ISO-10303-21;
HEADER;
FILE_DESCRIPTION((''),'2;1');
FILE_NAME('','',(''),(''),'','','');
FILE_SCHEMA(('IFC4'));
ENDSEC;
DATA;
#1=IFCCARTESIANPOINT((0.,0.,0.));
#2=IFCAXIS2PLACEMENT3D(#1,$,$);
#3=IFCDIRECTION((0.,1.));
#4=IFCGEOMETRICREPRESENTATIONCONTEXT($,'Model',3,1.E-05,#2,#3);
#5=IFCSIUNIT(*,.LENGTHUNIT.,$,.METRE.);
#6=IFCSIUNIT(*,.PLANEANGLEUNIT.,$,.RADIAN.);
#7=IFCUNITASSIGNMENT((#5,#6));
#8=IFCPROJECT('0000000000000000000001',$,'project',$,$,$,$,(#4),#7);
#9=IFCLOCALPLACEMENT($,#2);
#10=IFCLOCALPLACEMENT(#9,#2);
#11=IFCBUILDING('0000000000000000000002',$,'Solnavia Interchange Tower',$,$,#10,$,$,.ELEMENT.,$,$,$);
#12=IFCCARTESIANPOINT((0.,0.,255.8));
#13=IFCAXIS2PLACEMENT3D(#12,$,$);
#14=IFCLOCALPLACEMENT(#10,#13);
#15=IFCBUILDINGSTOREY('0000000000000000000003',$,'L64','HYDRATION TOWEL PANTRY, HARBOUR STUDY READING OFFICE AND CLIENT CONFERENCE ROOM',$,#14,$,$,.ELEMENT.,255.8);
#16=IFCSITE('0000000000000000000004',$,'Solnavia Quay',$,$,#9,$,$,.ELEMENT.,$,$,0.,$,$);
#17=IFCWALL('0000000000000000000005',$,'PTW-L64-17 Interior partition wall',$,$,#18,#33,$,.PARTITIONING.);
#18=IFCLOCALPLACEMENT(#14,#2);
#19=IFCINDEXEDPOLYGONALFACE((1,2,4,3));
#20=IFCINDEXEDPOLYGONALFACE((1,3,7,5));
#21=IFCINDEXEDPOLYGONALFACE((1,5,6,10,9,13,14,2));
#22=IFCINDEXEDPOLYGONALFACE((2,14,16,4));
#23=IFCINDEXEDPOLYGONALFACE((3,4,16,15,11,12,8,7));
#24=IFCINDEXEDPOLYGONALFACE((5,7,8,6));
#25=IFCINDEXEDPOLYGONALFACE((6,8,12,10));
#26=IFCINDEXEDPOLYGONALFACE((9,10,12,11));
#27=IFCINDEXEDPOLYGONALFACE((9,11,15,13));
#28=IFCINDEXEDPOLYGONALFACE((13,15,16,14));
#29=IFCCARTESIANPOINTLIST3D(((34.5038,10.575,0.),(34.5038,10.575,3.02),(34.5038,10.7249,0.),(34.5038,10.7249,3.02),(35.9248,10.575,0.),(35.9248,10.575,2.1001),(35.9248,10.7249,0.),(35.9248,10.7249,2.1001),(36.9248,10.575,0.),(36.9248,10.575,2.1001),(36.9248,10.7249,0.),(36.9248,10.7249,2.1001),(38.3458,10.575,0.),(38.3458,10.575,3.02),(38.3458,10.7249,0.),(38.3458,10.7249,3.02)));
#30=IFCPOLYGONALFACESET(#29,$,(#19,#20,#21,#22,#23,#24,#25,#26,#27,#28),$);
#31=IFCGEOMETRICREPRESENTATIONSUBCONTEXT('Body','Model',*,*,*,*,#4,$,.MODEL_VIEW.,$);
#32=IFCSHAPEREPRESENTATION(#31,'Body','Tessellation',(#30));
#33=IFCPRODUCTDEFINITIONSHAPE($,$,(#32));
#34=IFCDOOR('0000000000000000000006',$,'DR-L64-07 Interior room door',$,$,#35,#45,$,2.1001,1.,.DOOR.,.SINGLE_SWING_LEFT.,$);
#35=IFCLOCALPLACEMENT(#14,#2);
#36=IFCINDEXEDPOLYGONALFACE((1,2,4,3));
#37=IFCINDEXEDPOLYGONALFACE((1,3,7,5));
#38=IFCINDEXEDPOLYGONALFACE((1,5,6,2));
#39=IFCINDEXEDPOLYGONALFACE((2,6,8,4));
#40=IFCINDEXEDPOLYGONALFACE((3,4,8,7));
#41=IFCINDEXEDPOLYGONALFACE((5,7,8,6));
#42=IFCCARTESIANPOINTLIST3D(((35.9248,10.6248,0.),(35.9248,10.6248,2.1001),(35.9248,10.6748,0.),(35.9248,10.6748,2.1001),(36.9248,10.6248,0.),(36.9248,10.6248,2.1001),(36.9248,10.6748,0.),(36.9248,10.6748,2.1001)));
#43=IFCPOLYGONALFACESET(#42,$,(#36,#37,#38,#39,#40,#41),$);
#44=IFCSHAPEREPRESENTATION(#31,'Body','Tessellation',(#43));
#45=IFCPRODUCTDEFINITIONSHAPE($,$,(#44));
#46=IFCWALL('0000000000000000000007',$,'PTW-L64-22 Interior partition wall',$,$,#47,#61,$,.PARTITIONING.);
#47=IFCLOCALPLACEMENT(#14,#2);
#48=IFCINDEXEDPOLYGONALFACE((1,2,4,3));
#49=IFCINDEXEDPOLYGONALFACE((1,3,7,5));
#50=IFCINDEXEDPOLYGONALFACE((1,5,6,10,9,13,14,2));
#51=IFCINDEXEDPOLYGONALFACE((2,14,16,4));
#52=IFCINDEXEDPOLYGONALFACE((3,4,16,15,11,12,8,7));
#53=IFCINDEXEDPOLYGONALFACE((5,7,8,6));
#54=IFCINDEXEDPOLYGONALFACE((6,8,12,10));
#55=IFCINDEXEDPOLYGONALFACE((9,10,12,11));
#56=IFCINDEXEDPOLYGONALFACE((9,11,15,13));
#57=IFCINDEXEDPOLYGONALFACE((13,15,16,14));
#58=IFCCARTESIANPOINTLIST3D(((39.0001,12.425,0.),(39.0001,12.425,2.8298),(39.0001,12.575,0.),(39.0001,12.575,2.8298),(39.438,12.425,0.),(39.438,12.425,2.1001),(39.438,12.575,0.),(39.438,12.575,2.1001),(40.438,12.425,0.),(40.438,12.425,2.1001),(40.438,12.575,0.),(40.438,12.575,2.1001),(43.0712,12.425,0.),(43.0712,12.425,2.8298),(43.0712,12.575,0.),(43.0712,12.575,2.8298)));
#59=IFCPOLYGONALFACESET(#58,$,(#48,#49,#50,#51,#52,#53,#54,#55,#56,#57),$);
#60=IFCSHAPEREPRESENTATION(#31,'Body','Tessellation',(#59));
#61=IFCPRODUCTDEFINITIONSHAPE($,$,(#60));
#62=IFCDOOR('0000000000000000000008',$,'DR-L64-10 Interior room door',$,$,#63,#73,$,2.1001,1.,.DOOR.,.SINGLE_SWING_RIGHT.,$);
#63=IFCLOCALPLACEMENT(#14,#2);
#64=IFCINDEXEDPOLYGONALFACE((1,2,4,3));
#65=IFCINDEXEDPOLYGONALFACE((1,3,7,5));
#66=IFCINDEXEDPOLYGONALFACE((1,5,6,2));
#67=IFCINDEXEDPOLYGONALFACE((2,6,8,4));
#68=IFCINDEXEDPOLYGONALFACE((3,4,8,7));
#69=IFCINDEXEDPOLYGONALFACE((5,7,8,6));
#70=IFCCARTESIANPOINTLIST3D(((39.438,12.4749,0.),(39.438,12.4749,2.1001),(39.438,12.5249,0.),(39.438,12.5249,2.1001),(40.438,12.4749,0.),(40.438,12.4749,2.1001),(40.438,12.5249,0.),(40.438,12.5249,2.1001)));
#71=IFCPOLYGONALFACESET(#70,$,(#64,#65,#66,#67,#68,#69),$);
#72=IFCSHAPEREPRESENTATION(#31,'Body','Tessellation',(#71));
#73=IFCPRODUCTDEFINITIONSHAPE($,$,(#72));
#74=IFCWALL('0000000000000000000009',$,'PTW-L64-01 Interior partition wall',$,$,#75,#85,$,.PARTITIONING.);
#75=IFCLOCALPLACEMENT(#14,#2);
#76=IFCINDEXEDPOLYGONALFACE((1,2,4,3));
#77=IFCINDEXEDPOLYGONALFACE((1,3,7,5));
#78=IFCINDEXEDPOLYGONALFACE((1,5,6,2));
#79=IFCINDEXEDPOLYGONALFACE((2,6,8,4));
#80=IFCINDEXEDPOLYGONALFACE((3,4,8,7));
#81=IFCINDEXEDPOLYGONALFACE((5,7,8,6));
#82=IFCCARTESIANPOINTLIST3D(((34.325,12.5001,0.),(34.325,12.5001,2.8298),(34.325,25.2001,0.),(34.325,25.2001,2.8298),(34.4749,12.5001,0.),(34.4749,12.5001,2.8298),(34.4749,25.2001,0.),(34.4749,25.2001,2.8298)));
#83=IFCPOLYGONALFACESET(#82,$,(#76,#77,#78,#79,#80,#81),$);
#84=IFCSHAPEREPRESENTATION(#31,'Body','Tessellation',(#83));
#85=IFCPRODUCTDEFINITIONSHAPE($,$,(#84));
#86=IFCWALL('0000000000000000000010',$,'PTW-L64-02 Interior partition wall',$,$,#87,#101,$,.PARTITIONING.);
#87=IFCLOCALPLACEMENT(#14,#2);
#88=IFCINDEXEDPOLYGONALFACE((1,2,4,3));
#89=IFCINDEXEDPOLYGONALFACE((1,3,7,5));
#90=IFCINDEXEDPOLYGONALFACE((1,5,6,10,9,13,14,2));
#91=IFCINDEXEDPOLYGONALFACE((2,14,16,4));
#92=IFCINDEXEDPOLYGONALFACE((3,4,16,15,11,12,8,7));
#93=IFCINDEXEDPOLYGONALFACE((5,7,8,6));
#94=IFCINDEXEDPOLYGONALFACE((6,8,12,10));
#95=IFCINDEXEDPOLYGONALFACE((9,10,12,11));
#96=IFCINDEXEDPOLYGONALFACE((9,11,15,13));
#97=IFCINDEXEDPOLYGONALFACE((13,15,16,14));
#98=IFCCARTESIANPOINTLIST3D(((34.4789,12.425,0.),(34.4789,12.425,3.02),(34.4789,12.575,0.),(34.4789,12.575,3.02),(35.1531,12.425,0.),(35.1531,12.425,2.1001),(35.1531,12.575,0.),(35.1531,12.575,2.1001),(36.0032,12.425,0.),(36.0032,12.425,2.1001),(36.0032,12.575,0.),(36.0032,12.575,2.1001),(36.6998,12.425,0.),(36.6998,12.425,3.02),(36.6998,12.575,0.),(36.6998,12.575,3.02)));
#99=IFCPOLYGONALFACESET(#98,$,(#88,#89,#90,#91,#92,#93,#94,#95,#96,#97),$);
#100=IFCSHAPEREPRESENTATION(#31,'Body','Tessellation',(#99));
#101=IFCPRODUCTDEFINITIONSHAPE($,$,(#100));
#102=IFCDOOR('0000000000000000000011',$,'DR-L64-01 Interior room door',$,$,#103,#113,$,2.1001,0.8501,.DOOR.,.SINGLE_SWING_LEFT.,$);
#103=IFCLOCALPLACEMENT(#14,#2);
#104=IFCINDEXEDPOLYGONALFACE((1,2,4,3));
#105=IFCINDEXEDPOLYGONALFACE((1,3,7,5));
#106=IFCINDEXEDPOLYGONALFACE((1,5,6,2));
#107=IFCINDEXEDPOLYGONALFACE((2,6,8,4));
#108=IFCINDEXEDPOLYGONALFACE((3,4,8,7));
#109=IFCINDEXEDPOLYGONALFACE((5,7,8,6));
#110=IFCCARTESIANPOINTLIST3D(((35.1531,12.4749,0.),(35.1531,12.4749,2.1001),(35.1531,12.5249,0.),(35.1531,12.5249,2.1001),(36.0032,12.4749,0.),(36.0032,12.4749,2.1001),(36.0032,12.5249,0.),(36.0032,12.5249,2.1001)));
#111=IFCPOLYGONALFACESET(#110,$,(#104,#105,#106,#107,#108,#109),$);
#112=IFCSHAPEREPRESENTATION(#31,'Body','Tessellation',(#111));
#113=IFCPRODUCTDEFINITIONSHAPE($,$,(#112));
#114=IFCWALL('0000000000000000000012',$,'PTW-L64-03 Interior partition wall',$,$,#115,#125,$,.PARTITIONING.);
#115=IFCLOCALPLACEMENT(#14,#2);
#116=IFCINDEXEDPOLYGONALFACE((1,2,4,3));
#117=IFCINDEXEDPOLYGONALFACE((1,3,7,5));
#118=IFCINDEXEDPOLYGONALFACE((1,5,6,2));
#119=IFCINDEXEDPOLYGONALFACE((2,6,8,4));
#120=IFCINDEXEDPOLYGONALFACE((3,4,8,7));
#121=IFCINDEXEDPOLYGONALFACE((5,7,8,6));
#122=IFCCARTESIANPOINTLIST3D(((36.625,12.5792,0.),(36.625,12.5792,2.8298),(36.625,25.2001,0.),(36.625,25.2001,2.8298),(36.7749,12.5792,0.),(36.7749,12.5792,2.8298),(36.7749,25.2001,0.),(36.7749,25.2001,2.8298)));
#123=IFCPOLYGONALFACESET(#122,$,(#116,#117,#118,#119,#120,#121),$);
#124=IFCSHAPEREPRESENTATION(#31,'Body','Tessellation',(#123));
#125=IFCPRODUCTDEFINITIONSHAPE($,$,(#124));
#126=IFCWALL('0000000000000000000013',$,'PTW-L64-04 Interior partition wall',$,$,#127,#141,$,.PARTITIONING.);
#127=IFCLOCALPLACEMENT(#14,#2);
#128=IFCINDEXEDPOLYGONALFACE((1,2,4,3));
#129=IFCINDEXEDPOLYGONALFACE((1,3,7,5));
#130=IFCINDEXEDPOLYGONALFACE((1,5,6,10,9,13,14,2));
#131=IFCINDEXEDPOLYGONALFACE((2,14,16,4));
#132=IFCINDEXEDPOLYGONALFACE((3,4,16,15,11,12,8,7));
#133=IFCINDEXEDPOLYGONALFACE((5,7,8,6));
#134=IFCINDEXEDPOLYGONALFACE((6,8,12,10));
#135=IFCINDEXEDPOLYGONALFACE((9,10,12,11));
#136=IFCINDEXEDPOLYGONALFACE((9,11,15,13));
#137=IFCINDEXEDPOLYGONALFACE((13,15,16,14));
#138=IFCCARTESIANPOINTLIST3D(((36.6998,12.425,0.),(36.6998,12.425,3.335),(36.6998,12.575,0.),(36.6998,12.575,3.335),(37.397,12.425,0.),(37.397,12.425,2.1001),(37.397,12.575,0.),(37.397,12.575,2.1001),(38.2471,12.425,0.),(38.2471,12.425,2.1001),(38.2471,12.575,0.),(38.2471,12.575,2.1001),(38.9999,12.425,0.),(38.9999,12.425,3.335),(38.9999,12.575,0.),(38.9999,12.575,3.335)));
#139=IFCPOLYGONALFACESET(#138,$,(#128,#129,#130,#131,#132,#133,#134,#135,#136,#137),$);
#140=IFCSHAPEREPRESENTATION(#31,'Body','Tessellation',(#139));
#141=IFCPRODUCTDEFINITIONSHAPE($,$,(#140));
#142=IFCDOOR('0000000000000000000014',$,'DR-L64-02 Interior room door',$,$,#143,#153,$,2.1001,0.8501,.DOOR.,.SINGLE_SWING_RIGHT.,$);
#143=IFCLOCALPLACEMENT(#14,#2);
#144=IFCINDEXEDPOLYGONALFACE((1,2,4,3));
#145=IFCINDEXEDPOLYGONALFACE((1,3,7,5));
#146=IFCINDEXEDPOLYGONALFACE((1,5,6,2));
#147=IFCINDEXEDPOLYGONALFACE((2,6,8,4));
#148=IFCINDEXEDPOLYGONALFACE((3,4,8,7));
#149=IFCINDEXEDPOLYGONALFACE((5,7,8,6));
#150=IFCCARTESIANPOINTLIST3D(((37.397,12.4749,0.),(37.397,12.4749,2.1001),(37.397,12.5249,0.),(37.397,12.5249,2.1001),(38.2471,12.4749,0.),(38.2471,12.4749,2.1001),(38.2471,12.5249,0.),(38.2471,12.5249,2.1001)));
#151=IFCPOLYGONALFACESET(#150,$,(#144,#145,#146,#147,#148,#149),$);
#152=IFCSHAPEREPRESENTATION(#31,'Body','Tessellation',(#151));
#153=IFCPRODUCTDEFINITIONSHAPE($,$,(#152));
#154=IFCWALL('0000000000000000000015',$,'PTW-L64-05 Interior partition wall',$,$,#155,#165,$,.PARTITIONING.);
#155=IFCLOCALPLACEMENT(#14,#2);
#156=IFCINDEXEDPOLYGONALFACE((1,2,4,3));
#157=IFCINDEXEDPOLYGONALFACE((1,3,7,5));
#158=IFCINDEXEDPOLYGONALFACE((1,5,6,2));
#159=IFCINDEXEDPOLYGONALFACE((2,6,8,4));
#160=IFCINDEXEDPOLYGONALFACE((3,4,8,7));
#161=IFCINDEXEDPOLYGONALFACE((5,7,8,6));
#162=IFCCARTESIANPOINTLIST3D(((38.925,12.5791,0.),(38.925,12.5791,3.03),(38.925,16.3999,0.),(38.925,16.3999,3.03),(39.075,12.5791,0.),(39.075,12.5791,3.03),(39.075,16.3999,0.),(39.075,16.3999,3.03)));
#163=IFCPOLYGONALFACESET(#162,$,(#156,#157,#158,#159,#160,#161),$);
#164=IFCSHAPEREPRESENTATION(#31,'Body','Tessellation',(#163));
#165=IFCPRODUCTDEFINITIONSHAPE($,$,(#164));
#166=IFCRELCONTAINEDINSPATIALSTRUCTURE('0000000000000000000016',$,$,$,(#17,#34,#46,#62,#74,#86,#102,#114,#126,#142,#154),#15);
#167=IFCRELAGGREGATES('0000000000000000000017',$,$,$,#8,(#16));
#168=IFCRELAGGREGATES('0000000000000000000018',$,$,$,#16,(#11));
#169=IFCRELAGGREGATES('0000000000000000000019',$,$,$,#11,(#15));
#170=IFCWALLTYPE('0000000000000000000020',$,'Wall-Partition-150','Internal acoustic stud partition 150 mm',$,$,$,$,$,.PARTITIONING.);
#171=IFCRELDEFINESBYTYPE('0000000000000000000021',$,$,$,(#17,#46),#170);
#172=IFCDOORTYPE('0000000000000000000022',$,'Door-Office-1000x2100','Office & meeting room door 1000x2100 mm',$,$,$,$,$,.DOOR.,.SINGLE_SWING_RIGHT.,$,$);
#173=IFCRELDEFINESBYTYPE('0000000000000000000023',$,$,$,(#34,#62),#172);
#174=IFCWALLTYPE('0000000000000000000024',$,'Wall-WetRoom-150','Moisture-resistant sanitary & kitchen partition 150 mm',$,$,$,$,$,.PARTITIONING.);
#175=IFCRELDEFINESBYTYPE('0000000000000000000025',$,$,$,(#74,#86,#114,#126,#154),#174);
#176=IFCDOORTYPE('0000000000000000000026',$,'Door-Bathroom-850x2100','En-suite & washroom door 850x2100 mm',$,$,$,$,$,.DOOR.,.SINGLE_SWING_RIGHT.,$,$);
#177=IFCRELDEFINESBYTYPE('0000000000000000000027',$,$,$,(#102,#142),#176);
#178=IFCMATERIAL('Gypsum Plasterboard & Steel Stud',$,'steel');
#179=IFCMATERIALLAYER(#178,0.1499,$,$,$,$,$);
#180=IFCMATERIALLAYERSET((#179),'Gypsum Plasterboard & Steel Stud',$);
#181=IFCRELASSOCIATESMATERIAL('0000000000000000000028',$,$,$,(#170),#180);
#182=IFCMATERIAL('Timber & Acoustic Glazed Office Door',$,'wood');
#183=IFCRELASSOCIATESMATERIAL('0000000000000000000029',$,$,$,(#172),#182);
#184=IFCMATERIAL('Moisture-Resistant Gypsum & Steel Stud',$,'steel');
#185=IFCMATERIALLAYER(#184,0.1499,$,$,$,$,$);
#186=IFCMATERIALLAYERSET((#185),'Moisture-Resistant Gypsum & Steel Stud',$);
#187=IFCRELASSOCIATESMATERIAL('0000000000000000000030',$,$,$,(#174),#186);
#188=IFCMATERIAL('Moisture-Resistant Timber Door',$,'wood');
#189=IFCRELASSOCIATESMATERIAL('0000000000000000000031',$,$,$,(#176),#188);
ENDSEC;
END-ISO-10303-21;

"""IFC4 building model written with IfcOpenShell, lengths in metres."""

from ifc_helpers import new_model, si_unit, direction, frame, frame_2d, origin, place, context, subcontext, project, spatial, rectangle, extrude, material, layer, layer_set, type_object, element, fill, save


model = new_model("IFC4")

# Units and contexts
model_context = context("Model", 3, precision=1e-05, world=origin(), true_north=direction((0.0, 1.0)))
body_context = subcontext(model_context, "Body", "Model", "MODEL_VIEW")
ifc_project = project(units=[si_unit("LENGTHUNIT", "METRE"), si_unit("PLANEANGLEUNIT", "RADIAN")], contexts=[model_context])

# Site, building, storey
site_placement = place(None, origin())
site = spatial("IfcSite", under=ifc_project, at=site_placement, Name="Solnavia Quay", CompositionType="ELEMENT", RefElevation=0.0)
building_placement = place(site_placement, origin())
building = spatial("IfcBuilding", under=site, at=building_placement, Name="Solnavia Interchange Tower", CompositionType="ELEMENT")
storey_placement = place(building_placement, frame((0.0, 0.0, 255.8)))
storey = spatial("IfcBuildingStorey", under=building, at=storey_placement, Name="L64", Description="HYDRATION TOWEL PANTRY, HARBOUR STUDY READING OFFICE AND CLIENT CONFERENCE ROOM", CompositionType="ELEMENT", Elevation=255.8)

# Walls, openings, doors
ifc_material_1 = material(Name="Gypsum Plasterboard & Steel Stud", Category="steel")
ifc_layer_1 = layer(ifc_material_1, 0.1499)
ifc_layer_set_1 = layer_set([ifc_layer_1], Name="Gypsum Plasterboard & Steel Stud")
wall_type_1 = type_object("IfcWallType", Name="Wall-Partition-150", Description="Internal acoustic stud partition 150 mm", PredefinedType="PARTITIONING", material=ifc_layer_set_1)
wall_1_placement = place(storey_placement, frame((34.5039, 10.6499, 0.0), z_axis=(0.0, 0.0, 1.0), x_axis=(1.0, 0.0, 0.0)))
wall_1 = element("IfcWall", 1, at=wall_1_placement, inside=storey, type_object=wall_type_1, Name="PTW-L64-17 Interior partition wall", PredefinedType="PARTITIONING", context=body_context, shape_type="SweptSolid", body=[
    extrude(rectangle(XDim=3.842, YDim=0.1499, at=frame_2d((1.9209, 0.0))), origin(), (0.0, 0.0, 1.0), 3.02),
])
opening_1_placement = place(wall_1_placement, frame((1.4209, 0.0, 0.0)))
opening_1 = element("IfcOpeningElement", 2, at=opening_1_placement, cuts=wall_1, PredefinedType="OPENING", context=body_context, shape_type="SweptSolid", body=[
    extrude(rectangle(XDim=1.0, YDim=2.1001, at=frame_2d((0.5, 1.05))), frame((0.0, 0.085, 0.0), z_axis=(0.0, -1.0, 0.0), x_axis=(1.0, 0.0, 0.0)), (0.0, 0.0, 1.0), 0.1699),
])
ifc_material_2 = material(Name="Timber & Acoustic Glazed Office Door", Category="wood")
door_type_1 = type_object("IfcDoorType", Name="Door-Office-1000x2100", Description="Office & meeting room door 1000x2100 mm", OperationType="SINGLE_SWING_RIGHT", PredefinedType="DOOR", material=ifc_material_2)
door_1_placement = place(opening_1_placement, origin())
door_1 = element("IfcDoor", 3, at=door_1_placement, inside=storey, type_object=door_type_1, Name="DR-L64-07 Interior room door", OperationType="SINGLE_SWING_LEFT", OverallHeight=2.1001, OverallWidth=1.0, PredefinedType="DOOR", context=body_context, shape_type="SweptSolid", body=[
    extrude(rectangle(XDim=1.0, YDim=2.1001, at=frame_2d((0.5, 1.05))), frame((0.0, 0.0249, 0.0), z_axis=(0.0, -1.0, 0.0), x_axis=(1.0, 0.0, 0.0)), (0.0, 0.0, 1.0), 0.05),
])
fill(opening_1, door_1)
wall_2_placement = place(storey_placement, frame((39.0, 12.5, 0.0), z_axis=(0.0, 0.0, 1.0), x_axis=(1.0, 0.0, 0.0)))
wall_2 = element("IfcWall", 4, at=wall_2_placement, inside=storey, type_object=wall_type_1, Name="PTW-L64-22 Interior partition wall", PredefinedType="PARTITIONING", context=body_context, shape_type="SweptSolid", body=[
    extrude(rectangle(XDim=4.071, YDim=0.1499, at=frame_2d((2.0356, 0.0))), origin(), (0.0, 0.0, 1.0), 2.8298),
])
opening_2_placement = place(wall_2_placement, frame((0.438, 0.0, 0.0)))
opening_2 = element("IfcOpeningElement", 5, at=opening_2_placement, cuts=wall_2, PredefinedType="OPENING", context=body_context, shape_type="SweptSolid", body=[
    extrude(rectangle(XDim=1.0, YDim=2.1001, at=frame_2d((0.5, 1.05))), frame((0.0, 0.085, 0.0), z_axis=(0.0, -1.0, 0.0), x_axis=(1.0, 0.0, 0.0)), (0.0, 0.0, 1.0), 0.1699),
])
door_2_placement = place(opening_2_placement, origin())
door_2 = element("IfcDoor", 6, at=door_2_placement, inside=storey, type_object=door_type_1, Name="DR-L64-10 Interior room door", OperationType="SINGLE_SWING_RIGHT", OverallHeight=2.1001, OverallWidth=1.0, PredefinedType="DOOR", context=body_context, shape_type="SweptSolid", body=[
    extrude(rectangle(XDim=1.0, YDim=2.1001, at=frame_2d((0.5, 1.05))), frame((0.0, 0.0249, 0.0), z_axis=(0.0, -1.0, 0.0), x_axis=(1.0, 0.0, 0.0)), (0.0, 0.0, 1.0), 0.05),
])
fill(opening_2, door_2)

# Wall
ifc_material_3 = material(Name="Moisture-Resistant Gypsum & Steel Stud", Category="steel")
ifc_layer_2 = layer(ifc_material_3, 0.1499)
ifc_layer_set_2 = layer_set([ifc_layer_2], Name="Moisture-Resistant Gypsum & Steel Stud")
wall_type_2 = type_object("IfcWallType", Name="Wall-WetRoom-150", Description="Moisture-resistant sanitary & kitchen partition 150 mm", PredefinedType="PARTITIONING", material=ifc_layer_set_2)
wall_3_placement = place(storey_placement, frame((34.3999, 12.5, 0.0), z_axis=(0.0, 0.0, 1.0), x_axis=(0.0, 1.0, 0.0)))
element("IfcWall", 7, at=wall_3_placement, inside=storey, type_object=wall_type_2, Name="PTW-L64-01 Interior partition wall", PredefinedType="PARTITIONING", context=body_context, shape_type="SweptSolid", body=[
    extrude(rectangle(XDim=12.7, YDim=0.1499, at=frame_2d((6.3501, 0.0))), origin(), (0.0, 0.0, 1.0), 2.8298),
])

# Wall, opening, door
wall_4_placement = place(storey_placement, frame((34.479, 12.5, 0.0), z_axis=(0.0, 0.0, 1.0), x_axis=(1.0, 0.0, 0.0)))
wall_4 = element("IfcWall", 8, at=wall_4_placement, inside=storey, type_object=wall_type_2, Name="PTW-L64-02 Interior partition wall", PredefinedType="PARTITIONING", context=body_context, shape_type="SweptSolid", body=[
    extrude(rectangle(XDim=2.2209, YDim=0.1499, at=frame_2d((1.1104, 0.0))), origin(), (0.0, 0.0, 1.0), 3.02),
])
opening_3_placement = place(wall_4_placement, frame((0.6741, 0.0, 0.0)))
opening_3 = element("IfcOpeningElement", 9, at=opening_3_placement, cuts=wall_4, PredefinedType="OPENING", context=body_context, shape_type="SweptSolid", body=[
    extrude(rectangle(XDim=0.8501, YDim=2.1001, at=frame_2d((0.425, 1.05))), frame((0.0, 0.085, 0.0), z_axis=(0.0, -1.0, 0.0), x_axis=(1.0, 0.0, 0.0)), (0.0, 0.0, 1.0), 0.1699),
])
ifc_material_4 = material(Name="Moisture-Resistant Timber Door", Category="wood")
door_type_2 = type_object("IfcDoorType", Name="Door-Bathroom-850x2100", Description="En-suite & washroom door 850x2100 mm", OperationType="SINGLE_SWING_RIGHT", PredefinedType="DOOR", material=ifc_material_4)
door_3_placement = place(opening_3_placement, origin())
door_3 = element("IfcDoor", 10, at=door_3_placement, inside=storey, type_object=door_type_2, Name="DR-L64-01 Interior room door", OperationType="SINGLE_SWING_LEFT", OverallHeight=2.1001, OverallWidth=0.8501, PredefinedType="DOOR", context=body_context, shape_type="SweptSolid", body=[
    extrude(rectangle(XDim=0.8501, YDim=2.1001, at=frame_2d((0.425, 1.05))), frame((0.0, 0.0249, 0.0), z_axis=(0.0, -1.0, 0.0), x_axis=(1.0, 0.0, 0.0)), (0.0, 0.0, 1.0), 0.05),
])
fill(opening_3, door_3)

# Wall
wall_5_placement = place(storey_placement, frame((36.7, 12.5791, 0.0), z_axis=(0.0, 0.0, 1.0), x_axis=(0.0, 1.0, 0.0)))
element("IfcWall", 11, at=wall_5_placement, inside=storey, type_object=wall_type_2, Name="PTW-L64-03 Interior partition wall", PredefinedType="PARTITIONING", context=body_context, shape_type="SweptSolid", body=[
    extrude(rectangle(XDim=12.6208, YDim=0.1499, at=frame_2d((6.3105, 0.0))), origin(), (0.0, 0.0, 1.0), 2.8298),
])

# Wall, opening, door
wall_6_placement = place(storey_placement, frame((36.7, 12.5, 0.0), z_axis=(0.0, 0.0, 1.0), x_axis=(1.0, 0.0, 0.0)))
wall_6 = element("IfcWall", 12, at=wall_6_placement, inside=storey, type_object=wall_type_2, Name="PTW-L64-04 Interior partition wall", PredefinedType="PARTITIONING", context=body_context, shape_type="SweptSolid", body=[
    extrude(rectangle(XDim=2.3, YDim=0.1499, at=frame_2d((1.1499, 0.0))), origin(), (0.0, 0.0, 1.0), 3.335),
])
opening_4_placement = place(wall_6_placement, frame((0.697, 0.0, 0.0)))
opening_4 = element("IfcOpeningElement", 13, at=opening_4_placement, cuts=wall_6, PredefinedType="OPENING", context=body_context, shape_type="SweptSolid", body=[
    extrude(rectangle(XDim=0.8501, YDim=2.1001, at=frame_2d((0.425, 1.05))), frame((0.0, 0.085, 0.0), z_axis=(0.0, -1.0, 0.0), x_axis=(1.0, 0.0, 0.0)), (0.0, 0.0, 1.0), 0.1699),
])
door_4_placement = place(opening_4_placement, origin())
door_4 = element("IfcDoor", 14, at=door_4_placement, inside=storey, type_object=door_type_2, Name="DR-L64-02 Interior room door", OperationType="SINGLE_SWING_RIGHT", OverallHeight=2.1001, OverallWidth=0.8501, PredefinedType="DOOR", context=body_context, shape_type="SweptSolid", body=[
    extrude(rectangle(XDim=0.8501, YDim=2.1001, at=frame_2d((0.425, 1.05))), frame((0.0, 0.0249, 0.0), z_axis=(0.0, -1.0, 0.0), x_axis=(1.0, 0.0, 0.0)), (0.0, 0.0, 1.0), 0.05),
])
fill(opening_4, door_4)

# Wall
wall_7_placement = place(storey_placement, frame((39.0, 12.5791, 0.0), z_axis=(0.0, 0.0, 1.0), x_axis=(0.0, 1.0, 0.0)))
element("IfcWall", 15, at=wall_7_placement, inside=storey, type_object=wall_type_2, Name="PTW-L64-05 Interior partition wall", PredefinedType="PARTITIONING", context=body_context, shape_type="SweptSolid", body=[
    extrude(rectangle(XDim=3.8208, YDim=0.1499, at=frame_2d((1.9104, 0.0))), origin(), (0.0, 0.0, 1.0), 3.03),
])

save(model, "model.ifc")
